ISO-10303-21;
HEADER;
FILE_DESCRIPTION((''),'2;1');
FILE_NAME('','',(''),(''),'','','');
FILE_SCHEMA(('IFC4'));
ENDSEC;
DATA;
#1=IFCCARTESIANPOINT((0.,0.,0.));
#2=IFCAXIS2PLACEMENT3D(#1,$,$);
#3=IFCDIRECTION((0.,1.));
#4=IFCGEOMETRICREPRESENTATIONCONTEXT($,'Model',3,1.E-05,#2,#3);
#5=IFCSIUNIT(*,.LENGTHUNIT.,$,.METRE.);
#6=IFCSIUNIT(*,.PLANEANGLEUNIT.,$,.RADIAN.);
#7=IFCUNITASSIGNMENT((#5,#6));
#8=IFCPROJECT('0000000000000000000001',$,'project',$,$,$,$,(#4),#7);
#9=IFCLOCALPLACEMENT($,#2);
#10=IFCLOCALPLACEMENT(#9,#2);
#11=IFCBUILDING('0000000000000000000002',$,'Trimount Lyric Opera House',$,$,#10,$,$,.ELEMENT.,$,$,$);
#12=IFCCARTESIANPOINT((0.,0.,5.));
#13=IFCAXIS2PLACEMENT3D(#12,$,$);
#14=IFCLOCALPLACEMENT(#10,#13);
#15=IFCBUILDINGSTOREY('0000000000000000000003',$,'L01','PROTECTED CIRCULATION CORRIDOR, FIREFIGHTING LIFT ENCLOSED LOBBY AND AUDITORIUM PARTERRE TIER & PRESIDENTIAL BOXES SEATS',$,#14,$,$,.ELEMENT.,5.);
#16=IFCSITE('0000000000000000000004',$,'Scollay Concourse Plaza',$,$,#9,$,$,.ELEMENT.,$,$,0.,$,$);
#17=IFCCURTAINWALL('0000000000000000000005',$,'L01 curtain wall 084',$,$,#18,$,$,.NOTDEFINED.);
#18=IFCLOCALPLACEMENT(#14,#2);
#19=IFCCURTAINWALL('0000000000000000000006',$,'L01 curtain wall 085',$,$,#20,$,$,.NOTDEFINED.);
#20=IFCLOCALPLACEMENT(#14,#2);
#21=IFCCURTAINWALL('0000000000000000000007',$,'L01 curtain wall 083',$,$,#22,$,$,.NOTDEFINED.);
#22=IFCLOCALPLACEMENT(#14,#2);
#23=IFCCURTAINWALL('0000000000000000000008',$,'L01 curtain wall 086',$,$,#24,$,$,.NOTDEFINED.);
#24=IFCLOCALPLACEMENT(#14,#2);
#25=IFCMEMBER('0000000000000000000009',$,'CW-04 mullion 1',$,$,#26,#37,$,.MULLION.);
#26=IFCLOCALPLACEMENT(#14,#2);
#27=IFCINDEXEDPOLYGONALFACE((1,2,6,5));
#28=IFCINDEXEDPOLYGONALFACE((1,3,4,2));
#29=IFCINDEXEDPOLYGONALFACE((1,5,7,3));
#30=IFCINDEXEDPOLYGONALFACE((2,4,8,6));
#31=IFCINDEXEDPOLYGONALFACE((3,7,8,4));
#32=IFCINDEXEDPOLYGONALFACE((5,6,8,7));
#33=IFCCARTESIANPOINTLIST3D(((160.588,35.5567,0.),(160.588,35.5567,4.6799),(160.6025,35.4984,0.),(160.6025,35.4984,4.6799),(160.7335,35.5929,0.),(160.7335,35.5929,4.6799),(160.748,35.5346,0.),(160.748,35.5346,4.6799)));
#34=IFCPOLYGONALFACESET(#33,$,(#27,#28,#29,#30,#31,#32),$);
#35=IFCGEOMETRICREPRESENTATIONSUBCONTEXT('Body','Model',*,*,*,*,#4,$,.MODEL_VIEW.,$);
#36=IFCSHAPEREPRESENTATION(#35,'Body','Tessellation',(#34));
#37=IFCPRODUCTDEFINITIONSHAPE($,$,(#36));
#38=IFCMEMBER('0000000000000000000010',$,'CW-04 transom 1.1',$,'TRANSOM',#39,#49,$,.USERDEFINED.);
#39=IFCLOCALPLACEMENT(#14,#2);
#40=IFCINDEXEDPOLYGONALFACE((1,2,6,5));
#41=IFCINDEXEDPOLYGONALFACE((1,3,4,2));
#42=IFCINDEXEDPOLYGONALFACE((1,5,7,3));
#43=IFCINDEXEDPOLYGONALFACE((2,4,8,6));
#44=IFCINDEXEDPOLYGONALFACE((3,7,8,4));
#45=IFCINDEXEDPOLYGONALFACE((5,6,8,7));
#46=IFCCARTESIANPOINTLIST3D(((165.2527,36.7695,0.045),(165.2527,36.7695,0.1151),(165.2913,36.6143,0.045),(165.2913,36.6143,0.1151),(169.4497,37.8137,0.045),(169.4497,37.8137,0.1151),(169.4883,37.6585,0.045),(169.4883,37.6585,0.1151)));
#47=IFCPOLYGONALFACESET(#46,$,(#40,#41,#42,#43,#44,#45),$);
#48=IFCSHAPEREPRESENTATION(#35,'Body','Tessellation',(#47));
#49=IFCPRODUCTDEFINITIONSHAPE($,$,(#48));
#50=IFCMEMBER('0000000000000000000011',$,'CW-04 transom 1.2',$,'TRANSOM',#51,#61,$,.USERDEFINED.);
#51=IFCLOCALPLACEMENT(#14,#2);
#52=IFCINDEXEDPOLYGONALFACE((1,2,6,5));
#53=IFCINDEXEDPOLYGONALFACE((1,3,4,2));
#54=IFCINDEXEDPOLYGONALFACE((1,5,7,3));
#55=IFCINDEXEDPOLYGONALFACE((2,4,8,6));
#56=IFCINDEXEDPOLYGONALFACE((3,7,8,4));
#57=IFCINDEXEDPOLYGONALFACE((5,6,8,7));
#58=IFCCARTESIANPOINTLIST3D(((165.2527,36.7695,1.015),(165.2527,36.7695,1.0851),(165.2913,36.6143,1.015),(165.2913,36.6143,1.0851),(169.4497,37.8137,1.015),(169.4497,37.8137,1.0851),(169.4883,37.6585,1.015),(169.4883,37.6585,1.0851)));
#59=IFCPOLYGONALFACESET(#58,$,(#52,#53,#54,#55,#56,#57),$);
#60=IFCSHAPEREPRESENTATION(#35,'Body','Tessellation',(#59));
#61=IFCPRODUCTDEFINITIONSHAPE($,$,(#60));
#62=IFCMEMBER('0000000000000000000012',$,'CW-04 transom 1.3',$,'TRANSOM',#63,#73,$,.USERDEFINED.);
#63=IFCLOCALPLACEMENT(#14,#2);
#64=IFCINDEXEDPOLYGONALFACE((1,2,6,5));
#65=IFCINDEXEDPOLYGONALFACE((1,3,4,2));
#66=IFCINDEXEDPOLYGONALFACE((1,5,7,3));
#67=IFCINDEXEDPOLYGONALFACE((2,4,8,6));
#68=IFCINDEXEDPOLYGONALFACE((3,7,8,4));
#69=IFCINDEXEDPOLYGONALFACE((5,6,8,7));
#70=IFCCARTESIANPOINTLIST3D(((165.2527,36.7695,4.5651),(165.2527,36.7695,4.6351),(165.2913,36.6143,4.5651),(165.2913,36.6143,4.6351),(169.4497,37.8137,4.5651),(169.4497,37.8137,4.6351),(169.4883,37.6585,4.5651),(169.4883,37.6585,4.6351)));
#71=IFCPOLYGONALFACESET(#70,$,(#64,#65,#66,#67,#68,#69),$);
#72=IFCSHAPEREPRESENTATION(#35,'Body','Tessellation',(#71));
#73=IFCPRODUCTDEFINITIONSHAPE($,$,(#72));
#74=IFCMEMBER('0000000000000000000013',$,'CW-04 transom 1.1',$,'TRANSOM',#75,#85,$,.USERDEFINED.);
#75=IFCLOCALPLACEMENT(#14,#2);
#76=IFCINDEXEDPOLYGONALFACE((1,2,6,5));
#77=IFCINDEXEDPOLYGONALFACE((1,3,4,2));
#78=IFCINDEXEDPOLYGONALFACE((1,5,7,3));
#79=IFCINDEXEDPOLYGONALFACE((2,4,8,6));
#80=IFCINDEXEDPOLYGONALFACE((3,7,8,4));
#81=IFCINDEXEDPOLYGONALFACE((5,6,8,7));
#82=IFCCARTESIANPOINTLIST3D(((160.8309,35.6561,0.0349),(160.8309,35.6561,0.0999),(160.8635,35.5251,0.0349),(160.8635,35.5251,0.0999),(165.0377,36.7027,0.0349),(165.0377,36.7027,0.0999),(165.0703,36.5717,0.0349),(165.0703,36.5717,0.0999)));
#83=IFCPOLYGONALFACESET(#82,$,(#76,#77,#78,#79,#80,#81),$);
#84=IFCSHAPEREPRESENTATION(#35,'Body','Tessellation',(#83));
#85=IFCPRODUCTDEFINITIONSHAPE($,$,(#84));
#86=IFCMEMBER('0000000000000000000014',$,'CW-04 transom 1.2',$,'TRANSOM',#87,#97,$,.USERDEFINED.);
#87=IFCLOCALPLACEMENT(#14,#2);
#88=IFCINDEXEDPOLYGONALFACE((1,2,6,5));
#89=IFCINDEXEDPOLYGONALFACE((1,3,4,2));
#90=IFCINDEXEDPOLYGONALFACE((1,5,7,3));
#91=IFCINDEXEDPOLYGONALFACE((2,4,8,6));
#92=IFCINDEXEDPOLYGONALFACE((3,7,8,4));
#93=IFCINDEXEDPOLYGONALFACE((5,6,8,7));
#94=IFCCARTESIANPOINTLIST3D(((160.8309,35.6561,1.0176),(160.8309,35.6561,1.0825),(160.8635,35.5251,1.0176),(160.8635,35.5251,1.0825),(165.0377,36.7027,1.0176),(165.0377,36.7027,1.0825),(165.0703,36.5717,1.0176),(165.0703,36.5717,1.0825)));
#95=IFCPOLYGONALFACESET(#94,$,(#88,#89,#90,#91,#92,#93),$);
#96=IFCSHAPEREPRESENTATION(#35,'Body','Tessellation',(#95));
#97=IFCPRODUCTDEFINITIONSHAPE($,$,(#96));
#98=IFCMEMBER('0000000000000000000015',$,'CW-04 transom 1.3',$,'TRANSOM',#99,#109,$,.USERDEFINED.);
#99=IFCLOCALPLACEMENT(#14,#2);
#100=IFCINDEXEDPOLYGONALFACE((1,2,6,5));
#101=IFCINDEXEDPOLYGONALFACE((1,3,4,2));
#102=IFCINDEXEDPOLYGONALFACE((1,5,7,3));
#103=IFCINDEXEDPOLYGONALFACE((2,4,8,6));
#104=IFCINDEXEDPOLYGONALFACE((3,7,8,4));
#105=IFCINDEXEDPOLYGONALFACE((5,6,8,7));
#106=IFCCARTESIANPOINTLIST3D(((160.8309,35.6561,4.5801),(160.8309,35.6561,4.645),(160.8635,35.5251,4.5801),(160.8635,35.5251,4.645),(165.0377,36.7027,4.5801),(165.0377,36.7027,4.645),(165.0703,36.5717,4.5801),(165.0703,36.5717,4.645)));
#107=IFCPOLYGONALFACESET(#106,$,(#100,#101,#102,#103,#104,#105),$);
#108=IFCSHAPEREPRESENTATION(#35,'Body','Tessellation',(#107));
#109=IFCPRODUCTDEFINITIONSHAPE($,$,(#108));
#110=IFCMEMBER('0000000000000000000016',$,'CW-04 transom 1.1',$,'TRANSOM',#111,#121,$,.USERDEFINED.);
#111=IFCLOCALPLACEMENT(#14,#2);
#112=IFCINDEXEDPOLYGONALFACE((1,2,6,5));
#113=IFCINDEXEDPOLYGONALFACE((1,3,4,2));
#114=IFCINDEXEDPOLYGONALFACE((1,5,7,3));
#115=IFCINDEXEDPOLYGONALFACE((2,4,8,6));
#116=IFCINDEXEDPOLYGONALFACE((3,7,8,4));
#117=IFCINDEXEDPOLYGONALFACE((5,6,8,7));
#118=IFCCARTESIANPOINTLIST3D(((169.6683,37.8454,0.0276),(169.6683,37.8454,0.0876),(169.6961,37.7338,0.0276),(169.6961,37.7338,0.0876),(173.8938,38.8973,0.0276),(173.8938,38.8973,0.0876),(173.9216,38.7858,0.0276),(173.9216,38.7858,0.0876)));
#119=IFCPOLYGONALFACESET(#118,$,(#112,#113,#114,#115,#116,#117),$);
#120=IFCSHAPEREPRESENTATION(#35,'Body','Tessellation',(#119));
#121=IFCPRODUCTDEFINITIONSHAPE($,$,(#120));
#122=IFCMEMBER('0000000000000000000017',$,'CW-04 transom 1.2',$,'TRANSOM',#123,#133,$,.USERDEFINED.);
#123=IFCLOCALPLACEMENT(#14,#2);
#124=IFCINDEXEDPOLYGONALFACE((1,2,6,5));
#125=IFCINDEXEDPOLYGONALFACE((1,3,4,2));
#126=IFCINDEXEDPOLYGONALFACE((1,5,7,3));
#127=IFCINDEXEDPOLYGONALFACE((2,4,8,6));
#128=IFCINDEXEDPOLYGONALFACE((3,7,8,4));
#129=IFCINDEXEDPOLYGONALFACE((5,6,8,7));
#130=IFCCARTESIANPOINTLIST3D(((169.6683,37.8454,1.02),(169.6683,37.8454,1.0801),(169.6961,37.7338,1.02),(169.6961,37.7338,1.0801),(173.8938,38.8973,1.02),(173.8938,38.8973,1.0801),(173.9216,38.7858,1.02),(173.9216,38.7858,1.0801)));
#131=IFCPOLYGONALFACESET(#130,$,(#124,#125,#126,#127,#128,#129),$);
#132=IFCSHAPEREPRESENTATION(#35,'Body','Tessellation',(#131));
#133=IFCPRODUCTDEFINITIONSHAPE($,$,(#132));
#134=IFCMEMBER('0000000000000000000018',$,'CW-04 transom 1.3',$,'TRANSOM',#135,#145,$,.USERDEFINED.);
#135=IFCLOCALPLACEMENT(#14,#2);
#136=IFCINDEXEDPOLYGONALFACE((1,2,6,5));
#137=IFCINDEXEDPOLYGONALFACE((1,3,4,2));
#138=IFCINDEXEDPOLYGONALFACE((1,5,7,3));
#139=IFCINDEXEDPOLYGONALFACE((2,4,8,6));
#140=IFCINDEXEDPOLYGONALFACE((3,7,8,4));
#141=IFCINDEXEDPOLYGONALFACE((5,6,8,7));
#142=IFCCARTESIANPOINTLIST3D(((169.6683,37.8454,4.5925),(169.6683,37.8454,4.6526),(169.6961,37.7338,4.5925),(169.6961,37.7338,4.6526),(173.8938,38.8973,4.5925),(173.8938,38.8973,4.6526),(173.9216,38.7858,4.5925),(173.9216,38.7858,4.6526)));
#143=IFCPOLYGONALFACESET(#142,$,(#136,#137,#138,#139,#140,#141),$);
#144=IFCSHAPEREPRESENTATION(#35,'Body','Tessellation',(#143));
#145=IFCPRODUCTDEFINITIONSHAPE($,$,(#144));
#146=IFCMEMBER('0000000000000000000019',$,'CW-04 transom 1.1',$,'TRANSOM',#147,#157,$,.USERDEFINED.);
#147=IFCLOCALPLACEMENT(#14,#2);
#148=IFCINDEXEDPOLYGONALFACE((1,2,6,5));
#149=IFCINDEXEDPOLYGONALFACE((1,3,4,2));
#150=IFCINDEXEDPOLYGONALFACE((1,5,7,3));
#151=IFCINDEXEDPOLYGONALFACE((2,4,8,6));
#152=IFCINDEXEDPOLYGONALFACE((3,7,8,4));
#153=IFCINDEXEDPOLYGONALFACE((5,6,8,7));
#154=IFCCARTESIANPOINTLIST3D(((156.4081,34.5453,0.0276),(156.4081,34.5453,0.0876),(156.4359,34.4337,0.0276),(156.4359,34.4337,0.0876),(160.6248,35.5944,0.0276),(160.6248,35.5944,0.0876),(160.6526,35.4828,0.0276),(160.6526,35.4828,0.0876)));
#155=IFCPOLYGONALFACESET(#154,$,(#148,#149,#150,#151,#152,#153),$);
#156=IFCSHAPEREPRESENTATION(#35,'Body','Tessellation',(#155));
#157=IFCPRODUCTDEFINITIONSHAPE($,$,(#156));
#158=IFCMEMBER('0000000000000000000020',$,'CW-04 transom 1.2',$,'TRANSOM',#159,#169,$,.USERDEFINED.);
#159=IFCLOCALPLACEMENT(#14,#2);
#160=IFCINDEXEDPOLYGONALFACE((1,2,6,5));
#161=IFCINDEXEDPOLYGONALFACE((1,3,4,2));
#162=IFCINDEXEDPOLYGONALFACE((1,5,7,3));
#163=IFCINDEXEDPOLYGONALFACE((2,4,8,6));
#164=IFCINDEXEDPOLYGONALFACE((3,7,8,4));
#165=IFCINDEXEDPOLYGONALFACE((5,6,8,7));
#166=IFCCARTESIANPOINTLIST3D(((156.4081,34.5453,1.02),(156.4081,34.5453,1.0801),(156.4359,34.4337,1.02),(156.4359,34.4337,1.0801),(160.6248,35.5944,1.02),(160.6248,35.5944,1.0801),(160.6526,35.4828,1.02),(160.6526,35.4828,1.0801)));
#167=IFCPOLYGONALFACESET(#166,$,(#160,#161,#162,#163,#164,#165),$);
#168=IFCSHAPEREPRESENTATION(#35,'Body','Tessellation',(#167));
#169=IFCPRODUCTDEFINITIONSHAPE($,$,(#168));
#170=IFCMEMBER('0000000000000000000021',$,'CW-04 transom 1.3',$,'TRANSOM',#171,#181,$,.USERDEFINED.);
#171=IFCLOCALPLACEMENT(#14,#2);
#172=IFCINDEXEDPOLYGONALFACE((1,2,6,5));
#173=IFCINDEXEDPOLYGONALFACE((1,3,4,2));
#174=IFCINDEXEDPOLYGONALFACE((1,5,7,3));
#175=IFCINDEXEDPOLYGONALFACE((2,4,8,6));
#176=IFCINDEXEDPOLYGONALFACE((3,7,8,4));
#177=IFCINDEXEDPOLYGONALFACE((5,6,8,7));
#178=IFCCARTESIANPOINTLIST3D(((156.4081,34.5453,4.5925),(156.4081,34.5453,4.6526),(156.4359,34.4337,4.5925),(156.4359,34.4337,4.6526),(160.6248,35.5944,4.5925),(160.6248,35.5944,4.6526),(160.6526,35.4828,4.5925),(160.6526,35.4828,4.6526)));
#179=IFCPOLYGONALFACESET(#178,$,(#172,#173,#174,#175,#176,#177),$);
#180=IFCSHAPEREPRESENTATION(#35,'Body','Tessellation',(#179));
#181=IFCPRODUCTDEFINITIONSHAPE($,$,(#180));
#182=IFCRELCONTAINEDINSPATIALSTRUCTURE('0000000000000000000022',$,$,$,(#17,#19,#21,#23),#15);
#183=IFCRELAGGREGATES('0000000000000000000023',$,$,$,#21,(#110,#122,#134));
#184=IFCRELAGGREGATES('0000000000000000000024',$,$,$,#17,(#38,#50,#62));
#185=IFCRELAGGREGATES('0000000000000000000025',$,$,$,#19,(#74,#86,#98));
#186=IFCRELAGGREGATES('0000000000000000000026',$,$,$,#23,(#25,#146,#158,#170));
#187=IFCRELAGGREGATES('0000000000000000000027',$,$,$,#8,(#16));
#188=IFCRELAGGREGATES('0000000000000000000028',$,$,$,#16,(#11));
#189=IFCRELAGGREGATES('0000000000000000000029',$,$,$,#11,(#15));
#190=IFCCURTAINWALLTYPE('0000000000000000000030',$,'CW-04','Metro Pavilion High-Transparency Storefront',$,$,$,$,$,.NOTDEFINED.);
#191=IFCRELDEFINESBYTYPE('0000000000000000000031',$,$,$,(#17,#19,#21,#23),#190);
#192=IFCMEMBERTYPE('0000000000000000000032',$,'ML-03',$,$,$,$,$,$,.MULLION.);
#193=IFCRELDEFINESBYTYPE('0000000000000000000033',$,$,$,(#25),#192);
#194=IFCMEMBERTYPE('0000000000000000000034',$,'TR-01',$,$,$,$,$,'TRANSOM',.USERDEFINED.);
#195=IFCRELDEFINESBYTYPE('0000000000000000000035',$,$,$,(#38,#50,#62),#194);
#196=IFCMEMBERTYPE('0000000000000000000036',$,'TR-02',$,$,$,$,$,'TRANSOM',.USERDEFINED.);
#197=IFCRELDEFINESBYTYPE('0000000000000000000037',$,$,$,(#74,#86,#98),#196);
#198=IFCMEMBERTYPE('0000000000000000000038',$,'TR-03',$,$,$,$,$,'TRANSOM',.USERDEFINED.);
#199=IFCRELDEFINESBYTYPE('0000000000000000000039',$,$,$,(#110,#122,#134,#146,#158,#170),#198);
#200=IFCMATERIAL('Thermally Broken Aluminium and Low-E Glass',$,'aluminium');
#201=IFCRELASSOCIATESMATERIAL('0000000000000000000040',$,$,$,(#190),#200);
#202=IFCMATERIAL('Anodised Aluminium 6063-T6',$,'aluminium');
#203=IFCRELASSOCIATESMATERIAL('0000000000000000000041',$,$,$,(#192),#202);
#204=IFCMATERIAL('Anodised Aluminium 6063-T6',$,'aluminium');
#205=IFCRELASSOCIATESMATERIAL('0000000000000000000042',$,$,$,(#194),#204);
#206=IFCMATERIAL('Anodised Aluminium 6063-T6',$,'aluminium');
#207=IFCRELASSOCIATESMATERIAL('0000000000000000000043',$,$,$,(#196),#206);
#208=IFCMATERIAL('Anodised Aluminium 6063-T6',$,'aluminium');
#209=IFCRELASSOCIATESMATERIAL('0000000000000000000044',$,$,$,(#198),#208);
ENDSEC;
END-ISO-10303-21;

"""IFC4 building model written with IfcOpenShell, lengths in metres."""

from ifc_helpers import new_model, si_unit, direction, frame, origin, origin_2d, place, context, subcontext, project, spatial, rectangle, extrude, material, material_profile, profile_set, type_object, element, aggregate, save


model = new_model("IFC4")

# Units and contexts
model_context = context("Model", 3, precision=1e-05, world=origin(), true_north=direction((0.0, 1.0)))
body_context = subcontext(model_context, "Body", "Model", "MODEL_VIEW")
ifc_project = project(units=[si_unit("LENGTHUNIT", "METRE"), si_unit("PLANEANGLEUNIT", "RADIAN")], contexts=[model_context])

# Site, building, storey
site_placement = place(None, origin())
site = spatial("IfcSite", under=ifc_project, at=site_placement, Name="Scollay Concourse Plaza", CompositionType="ELEMENT", RefElevation=0.0)
building_placement = place(site_placement, origin())
building = spatial("IfcBuilding", under=site, at=building_placement, Name="Trimount Lyric Opera House", CompositionType="ELEMENT")
storey_placement = place(building_placement, frame((0.0, 0.0, 5.0)))
storey = spatial("IfcBuildingStorey", under=building, at=storey_placement, Name="L01", Description="PROTECTED CIRCULATION CORRIDOR, FIREFIGHTING LIFT ENCLOSED LOBBY AND AUDITORIUM PARTERRE TIER & PRESIDENTIAL BOXES SEATS", CompositionType="ELEMENT", Elevation=5.0)

# Curtain walls
ifc_material_1 = material(Name="Thermally Broken Aluminium and Low-E Glass", Category="aluminium")
curtain_wall_type = type_object("IfcCurtainWallType", Name="CW-04", Description="Metro Pavilion High-Transparency Storefront", PredefinedType="NOTDEFINED", material=ifc_material_1)
curtain_wall_1_placement = place(storey_placement, origin())
curtain_wall_1 = element("IfcCurtainWall", 1, at=curtain_wall_1_placement, inside=storey, type_object=curtain_wall_type, Name="L01 curtain wall 084", PredefinedType="NOTDEFINED")
curtain_wall_2_placement = place(storey_placement, origin())
curtain_wall_2 = element("IfcCurtainWall", 2, at=curtain_wall_2_placement, inside=storey, type_object=curtain_wall_type, Name="L01 curtain wall 085", PredefinedType="NOTDEFINED")
curtain_wall_3_placement = place(storey_placement, origin())
curtain_wall_3 = element("IfcCurtainWall", 3, at=curtain_wall_3_placement, inside=storey, type_object=curtain_wall_type, Name="L01 curtain wall 083", PredefinedType="NOTDEFINED")
ifc_material_2 = material(Name="Anodised Aluminium 6063-T6", Category="aluminium")
ifc_material_profile_1 = material_profile(ifc_material_2, rectangle(XDim=0.0601, YDim=0.1499, at=origin_2d()), Name="ALU-MULL-60X150")
ifc_profile_set_1 = profile_set([ifc_material_profile_1], Name="Anodised Aluminium 6063-T6")
member_type_1 = type_object("IfcMemberType", Name="ML-03", PredefinedType="MULLION", material=ifc_profile_set_1)

# Curtain wall, member
curtain_wall_4_placement = place(storey_placement, origin())
curtain_wall_4 = element("IfcCurtainWall", 4, at=curtain_wall_4_placement, inside=storey, type_object=curtain_wall_type, Name="L01 curtain wall 086", PredefinedType="NOTDEFINED")
member_1_placement = place(storey_placement, frame((160.668, 35.5457, 0.0), z_axis=(0.0, 0.0, 1.0), x_axis=(0.241429, -0.970419, 0.0)))
member_1 = element("IfcMember", 5, at=member_1_placement, type_object=member_type_1, Name="CW-04 mullion 1", PredefinedType="MULLION", context=body_context, shape_type="SweptSolid", body=[
    extrude(rectangle(XDim=0.0601, YDim=0.1499, at=origin_2d()), origin(), (0.0, 0.0, 1.0), 4.6799),
])

# Members
ifc_material_3 = material(Name="Anodised Aluminium 6063-T6", Category="aluminium")
ifc_material_profile_2 = material_profile(ifc_material_3, rectangle(XDim=0.1599, YDim=0.0701, at=origin_2d()), Name="ALU-TRAN-70X160")
ifc_profile_set_2 = profile_set([ifc_material_profile_2], Name="Anodised Aluminium 6063-T6")
member_type_2 = type_object("IfcMemberType", Name="TR-01", ElementType="TRANSOM", PredefinedType="USERDEFINED", material=ifc_profile_set_2)
member_2_placement = place(storey_placement, frame((169.469, 37.7361, 0.0801), z_axis=(-0.970417, -0.241433, 0.0), x_axis=(0.241433, -0.970417, 0.0)))
member_2 = element("IfcMember", 6, at=member_2_placement, type_object=member_type_2, Name="CW-04 transom 1.1", ObjectType="TRANSOM", PredefinedType="USERDEFINED", context=body_context, shape_type="SweptSolid", body=[
    extrude(rectangle(XDim=0.1599, YDim=0.0701, at=origin_2d()), origin(), (0.0, 0.0, 1.0), 4.325),
])
member_3_placement = place(storey_placement, frame((169.469, 37.7361, 1.05), z_axis=(-0.970417, -0.241433, 0.0), x_axis=(0.241433, -0.970417, 0.0)))
member_3 = element("IfcMember", 7, at=member_3_placement, type_object=member_type_2, Name="CW-04 transom 1.2", ObjectType="TRANSOM", PredefinedType="USERDEFINED", context=body_context, shape_type="SweptSolid", body=[
    extrude(rectangle(XDim=0.1599, YDim=0.0701, at=origin_2d()), origin(), (0.0, 0.0, 1.0), 4.325),
])
member_4_placement = place(storey_placement, frame((169.469, 37.7361, 4.6001), z_axis=(-0.970417, -0.241433, 0.0), x_axis=(0.241433, -0.970417, 0.0)))
member_4 = element("IfcMember", 8, at=member_4_placement, type_object=member_type_2, Name="CW-04 transom 1.3", ObjectType="TRANSOM", PredefinedType="USERDEFINED", context=body_context, shape_type="SweptSolid", body=[
    extrude(rectangle(XDim=0.1599, YDim=0.0701, at=origin_2d()), origin(), (0.0, 0.0, 1.0), 4.325),
])
ifc_material_4 = material(Name="Anodised Aluminium 6063-T6", Category="aluminium")
ifc_material_profile_3 = material_profile(ifc_material_4, rectangle(XDim=0.135, YDim=0.0649, at=origin_2d()), Name="ALU-TRAN-65X135")
ifc_profile_set_3 = profile_set([ifc_material_profile_3], Name="Anodised Aluminium 6063-T6")
member_type_3 = type_object("IfcMemberType", Name="TR-02", ElementType="TRANSOM", PredefinedType="USERDEFINED", material=ifc_profile_set_3)
member_5_placement = place(storey_placement, frame((165.054, 36.6372, 0.0674), z_axis=(-0.970417, -0.241436, 0.0), x_axis=(0.241436, -0.970417, 0.0)))
member_5 = element("IfcMember", 9, at=member_5_placement, type_object=member_type_3, Name="CW-04 transom 1.1", ObjectType="TRANSOM", PredefinedType="USERDEFINED", context=body_context, shape_type="SweptSolid", body=[
    extrude(rectangle(XDim=0.135, YDim=0.0649, at=origin_2d()), origin(), (0.0, 0.0, 1.0), 4.335),
])
member_6_placement = place(storey_placement, frame((165.054, 36.6372, 1.05), z_axis=(-0.970417, -0.241436, 0.0), x_axis=(0.241436, -0.970417, 0.0)))
member_6 = element("IfcMember", 10, at=member_6_placement, type_object=member_type_3, Name="CW-04 transom 1.2", ObjectType="TRANSOM", PredefinedType="USERDEFINED", context=body_context, shape_type="SweptSolid", body=[
    extrude(rectangle(XDim=0.135, YDim=0.0649, at=origin_2d()), origin(), (0.0, 0.0, 1.0), 4.335),
])
member_7_placement = place(storey_placement, frame((165.054, 36.6372, 4.6125), z_axis=(-0.970417, -0.241436, 0.0), x_axis=(0.241436, -0.970417, 0.0)))
member_7 = element("IfcMember", 11, at=member_7_placement, type_object=member_type_3, Name="CW-04 transom 1.3", ObjectType="TRANSOM", PredefinedType="USERDEFINED", context=body_context, shape_type="SweptSolid", body=[
    extrude(rectangle(XDim=0.135, YDim=0.0649, at=origin_2d()), origin(), (0.0, 0.0, 1.0), 4.335),
])
ifc_material_5 = material(Name="Anodised Aluminium 6063-T6", Category="aluminium")
ifc_material_profile_4 = material_profile(ifc_material_5, rectangle(XDim=0.115, YDim=0.0601, at=origin_2d()), Name="ALU-TRAN-60X115")
ifc_profile_set_4 = profile_set([ifc_material_profile_4], Name="Anodised Aluminium 6063-T6")
member_type_4 = type_object("IfcMemberType", Name="TR-03", ElementType="TRANSOM", PredefinedType="USERDEFINED", material=ifc_profile_set_4)
member_8_placement = place(storey_placement, frame((173.9077, 38.8416, 0.0576), z_axis=(-0.970379, -0.241586, 0.0), x_axis=(0.241586, -0.970379, 0.0)))
member_8 = element("IfcMember", 12, at=member_8_placement, type_object=member_type_4, Name="CW-04 transom 1.1", ObjectType="TRANSOM", PredefinedType="USERDEFINED", context=body_context, shape_type="SweptSolid", body=[
    extrude(rectangle(XDim=0.115, YDim=0.0601, at=origin_2d()), origin(), (0.0, 0.0, 1.0), 4.3545),
])
member_9_placement = place(storey_placement, frame((173.9077, 38.8416, 1.05), z_axis=(-0.970379, -0.241586, 0.0), x_axis=(0.241586, -0.970379, 0.0)))
member_9 = element("IfcMember", 13, at=member_9_placement, type_object=member_type_4, Name="CW-04 transom 1.2", ObjectType="TRANSOM", PredefinedType="USERDEFINED", context=body_context, shape_type="SweptSolid", body=[
    extrude(rectangle(XDim=0.115, YDim=0.0601, at=origin_2d()), origin(), (0.0, 0.0, 1.0), 4.3545),
])
member_10_placement = place(storey_placement, frame((173.9077, 38.8416, 4.6226), z_axis=(-0.970379, -0.241586, 0.0), x_axis=(0.241586, -0.970379, 0.0)))
member_10 = element("IfcMember", 14, at=member_10_placement, type_object=member_type_4, Name="CW-04 transom 1.3", ObjectType="TRANSOM", PredefinedType="USERDEFINED", context=body_context, shape_type="SweptSolid", body=[
    extrude(rectangle(XDim=0.115, YDim=0.0601, at=origin_2d()), origin(), (0.0, 0.0, 1.0), 4.3545),
])
member_11_placement = place(storey_placement, frame((160.6387, 35.5386, 0.0576), z_axis=(-0.970416, -0.241438, 0.0), x_axis=(0.241438, -0.970416, 0.0)))
member_11 = element("IfcMember", 15, at=member_11_placement, type_object=member_type_4, Name="CW-04 transom 1.1", ObjectType="TRANSOM", PredefinedType="USERDEFINED", context=body_context, shape_type="SweptSolid", body=[
    extrude(rectangle(XDim=0.115, YDim=0.0601, at=origin_2d()), origin(), (0.0, 0.0, 1.0), 4.3452),
])
member_12_placement = place(storey_placement, frame((160.6387, 35.5386, 1.05), z_axis=(-0.970416, -0.241438, 0.0), x_axis=(0.241438, -0.970416, 0.0)))
member_12 = element("IfcMember", 16, at=member_12_placement, type_object=member_type_4, Name="CW-04 transom 1.2", ObjectType="TRANSOM", PredefinedType="USERDEFINED", context=body_context, shape_type="SweptSolid", body=[
    extrude(rectangle(XDim=0.115, YDim=0.0601, at=origin_2d()), origin(), (0.0, 0.0, 1.0), 4.3452),
])
member_13_placement = place(storey_placement, frame((160.6387, 35.5386, 4.6226), z_axis=(-0.970416, -0.241438, 0.0), x_axis=(0.241438, -0.970416, 0.0)))
member_13 = element("IfcMember", 17, at=member_13_placement, type_object=member_type_4, Name="CW-04 transom 1.3", ObjectType="TRANSOM", PredefinedType="USERDEFINED", context=body_context, shape_type="SweptSolid", body=[
    extrude(rectangle(XDim=0.115, YDim=0.0601, at=origin_2d()), origin(), (0.0, 0.0, 1.0), 4.3452),
])

aggregate(curtain_wall_3, [member_8, member_9, member_10])
aggregate(curtain_wall_1, [member_2, member_3, member_4])
aggregate(curtain_wall_2, [member_5, member_6, member_7])
aggregate(curtain_wall_4, [member_1, member_11, member_12, member_13])

save(model, "model.ifc")
